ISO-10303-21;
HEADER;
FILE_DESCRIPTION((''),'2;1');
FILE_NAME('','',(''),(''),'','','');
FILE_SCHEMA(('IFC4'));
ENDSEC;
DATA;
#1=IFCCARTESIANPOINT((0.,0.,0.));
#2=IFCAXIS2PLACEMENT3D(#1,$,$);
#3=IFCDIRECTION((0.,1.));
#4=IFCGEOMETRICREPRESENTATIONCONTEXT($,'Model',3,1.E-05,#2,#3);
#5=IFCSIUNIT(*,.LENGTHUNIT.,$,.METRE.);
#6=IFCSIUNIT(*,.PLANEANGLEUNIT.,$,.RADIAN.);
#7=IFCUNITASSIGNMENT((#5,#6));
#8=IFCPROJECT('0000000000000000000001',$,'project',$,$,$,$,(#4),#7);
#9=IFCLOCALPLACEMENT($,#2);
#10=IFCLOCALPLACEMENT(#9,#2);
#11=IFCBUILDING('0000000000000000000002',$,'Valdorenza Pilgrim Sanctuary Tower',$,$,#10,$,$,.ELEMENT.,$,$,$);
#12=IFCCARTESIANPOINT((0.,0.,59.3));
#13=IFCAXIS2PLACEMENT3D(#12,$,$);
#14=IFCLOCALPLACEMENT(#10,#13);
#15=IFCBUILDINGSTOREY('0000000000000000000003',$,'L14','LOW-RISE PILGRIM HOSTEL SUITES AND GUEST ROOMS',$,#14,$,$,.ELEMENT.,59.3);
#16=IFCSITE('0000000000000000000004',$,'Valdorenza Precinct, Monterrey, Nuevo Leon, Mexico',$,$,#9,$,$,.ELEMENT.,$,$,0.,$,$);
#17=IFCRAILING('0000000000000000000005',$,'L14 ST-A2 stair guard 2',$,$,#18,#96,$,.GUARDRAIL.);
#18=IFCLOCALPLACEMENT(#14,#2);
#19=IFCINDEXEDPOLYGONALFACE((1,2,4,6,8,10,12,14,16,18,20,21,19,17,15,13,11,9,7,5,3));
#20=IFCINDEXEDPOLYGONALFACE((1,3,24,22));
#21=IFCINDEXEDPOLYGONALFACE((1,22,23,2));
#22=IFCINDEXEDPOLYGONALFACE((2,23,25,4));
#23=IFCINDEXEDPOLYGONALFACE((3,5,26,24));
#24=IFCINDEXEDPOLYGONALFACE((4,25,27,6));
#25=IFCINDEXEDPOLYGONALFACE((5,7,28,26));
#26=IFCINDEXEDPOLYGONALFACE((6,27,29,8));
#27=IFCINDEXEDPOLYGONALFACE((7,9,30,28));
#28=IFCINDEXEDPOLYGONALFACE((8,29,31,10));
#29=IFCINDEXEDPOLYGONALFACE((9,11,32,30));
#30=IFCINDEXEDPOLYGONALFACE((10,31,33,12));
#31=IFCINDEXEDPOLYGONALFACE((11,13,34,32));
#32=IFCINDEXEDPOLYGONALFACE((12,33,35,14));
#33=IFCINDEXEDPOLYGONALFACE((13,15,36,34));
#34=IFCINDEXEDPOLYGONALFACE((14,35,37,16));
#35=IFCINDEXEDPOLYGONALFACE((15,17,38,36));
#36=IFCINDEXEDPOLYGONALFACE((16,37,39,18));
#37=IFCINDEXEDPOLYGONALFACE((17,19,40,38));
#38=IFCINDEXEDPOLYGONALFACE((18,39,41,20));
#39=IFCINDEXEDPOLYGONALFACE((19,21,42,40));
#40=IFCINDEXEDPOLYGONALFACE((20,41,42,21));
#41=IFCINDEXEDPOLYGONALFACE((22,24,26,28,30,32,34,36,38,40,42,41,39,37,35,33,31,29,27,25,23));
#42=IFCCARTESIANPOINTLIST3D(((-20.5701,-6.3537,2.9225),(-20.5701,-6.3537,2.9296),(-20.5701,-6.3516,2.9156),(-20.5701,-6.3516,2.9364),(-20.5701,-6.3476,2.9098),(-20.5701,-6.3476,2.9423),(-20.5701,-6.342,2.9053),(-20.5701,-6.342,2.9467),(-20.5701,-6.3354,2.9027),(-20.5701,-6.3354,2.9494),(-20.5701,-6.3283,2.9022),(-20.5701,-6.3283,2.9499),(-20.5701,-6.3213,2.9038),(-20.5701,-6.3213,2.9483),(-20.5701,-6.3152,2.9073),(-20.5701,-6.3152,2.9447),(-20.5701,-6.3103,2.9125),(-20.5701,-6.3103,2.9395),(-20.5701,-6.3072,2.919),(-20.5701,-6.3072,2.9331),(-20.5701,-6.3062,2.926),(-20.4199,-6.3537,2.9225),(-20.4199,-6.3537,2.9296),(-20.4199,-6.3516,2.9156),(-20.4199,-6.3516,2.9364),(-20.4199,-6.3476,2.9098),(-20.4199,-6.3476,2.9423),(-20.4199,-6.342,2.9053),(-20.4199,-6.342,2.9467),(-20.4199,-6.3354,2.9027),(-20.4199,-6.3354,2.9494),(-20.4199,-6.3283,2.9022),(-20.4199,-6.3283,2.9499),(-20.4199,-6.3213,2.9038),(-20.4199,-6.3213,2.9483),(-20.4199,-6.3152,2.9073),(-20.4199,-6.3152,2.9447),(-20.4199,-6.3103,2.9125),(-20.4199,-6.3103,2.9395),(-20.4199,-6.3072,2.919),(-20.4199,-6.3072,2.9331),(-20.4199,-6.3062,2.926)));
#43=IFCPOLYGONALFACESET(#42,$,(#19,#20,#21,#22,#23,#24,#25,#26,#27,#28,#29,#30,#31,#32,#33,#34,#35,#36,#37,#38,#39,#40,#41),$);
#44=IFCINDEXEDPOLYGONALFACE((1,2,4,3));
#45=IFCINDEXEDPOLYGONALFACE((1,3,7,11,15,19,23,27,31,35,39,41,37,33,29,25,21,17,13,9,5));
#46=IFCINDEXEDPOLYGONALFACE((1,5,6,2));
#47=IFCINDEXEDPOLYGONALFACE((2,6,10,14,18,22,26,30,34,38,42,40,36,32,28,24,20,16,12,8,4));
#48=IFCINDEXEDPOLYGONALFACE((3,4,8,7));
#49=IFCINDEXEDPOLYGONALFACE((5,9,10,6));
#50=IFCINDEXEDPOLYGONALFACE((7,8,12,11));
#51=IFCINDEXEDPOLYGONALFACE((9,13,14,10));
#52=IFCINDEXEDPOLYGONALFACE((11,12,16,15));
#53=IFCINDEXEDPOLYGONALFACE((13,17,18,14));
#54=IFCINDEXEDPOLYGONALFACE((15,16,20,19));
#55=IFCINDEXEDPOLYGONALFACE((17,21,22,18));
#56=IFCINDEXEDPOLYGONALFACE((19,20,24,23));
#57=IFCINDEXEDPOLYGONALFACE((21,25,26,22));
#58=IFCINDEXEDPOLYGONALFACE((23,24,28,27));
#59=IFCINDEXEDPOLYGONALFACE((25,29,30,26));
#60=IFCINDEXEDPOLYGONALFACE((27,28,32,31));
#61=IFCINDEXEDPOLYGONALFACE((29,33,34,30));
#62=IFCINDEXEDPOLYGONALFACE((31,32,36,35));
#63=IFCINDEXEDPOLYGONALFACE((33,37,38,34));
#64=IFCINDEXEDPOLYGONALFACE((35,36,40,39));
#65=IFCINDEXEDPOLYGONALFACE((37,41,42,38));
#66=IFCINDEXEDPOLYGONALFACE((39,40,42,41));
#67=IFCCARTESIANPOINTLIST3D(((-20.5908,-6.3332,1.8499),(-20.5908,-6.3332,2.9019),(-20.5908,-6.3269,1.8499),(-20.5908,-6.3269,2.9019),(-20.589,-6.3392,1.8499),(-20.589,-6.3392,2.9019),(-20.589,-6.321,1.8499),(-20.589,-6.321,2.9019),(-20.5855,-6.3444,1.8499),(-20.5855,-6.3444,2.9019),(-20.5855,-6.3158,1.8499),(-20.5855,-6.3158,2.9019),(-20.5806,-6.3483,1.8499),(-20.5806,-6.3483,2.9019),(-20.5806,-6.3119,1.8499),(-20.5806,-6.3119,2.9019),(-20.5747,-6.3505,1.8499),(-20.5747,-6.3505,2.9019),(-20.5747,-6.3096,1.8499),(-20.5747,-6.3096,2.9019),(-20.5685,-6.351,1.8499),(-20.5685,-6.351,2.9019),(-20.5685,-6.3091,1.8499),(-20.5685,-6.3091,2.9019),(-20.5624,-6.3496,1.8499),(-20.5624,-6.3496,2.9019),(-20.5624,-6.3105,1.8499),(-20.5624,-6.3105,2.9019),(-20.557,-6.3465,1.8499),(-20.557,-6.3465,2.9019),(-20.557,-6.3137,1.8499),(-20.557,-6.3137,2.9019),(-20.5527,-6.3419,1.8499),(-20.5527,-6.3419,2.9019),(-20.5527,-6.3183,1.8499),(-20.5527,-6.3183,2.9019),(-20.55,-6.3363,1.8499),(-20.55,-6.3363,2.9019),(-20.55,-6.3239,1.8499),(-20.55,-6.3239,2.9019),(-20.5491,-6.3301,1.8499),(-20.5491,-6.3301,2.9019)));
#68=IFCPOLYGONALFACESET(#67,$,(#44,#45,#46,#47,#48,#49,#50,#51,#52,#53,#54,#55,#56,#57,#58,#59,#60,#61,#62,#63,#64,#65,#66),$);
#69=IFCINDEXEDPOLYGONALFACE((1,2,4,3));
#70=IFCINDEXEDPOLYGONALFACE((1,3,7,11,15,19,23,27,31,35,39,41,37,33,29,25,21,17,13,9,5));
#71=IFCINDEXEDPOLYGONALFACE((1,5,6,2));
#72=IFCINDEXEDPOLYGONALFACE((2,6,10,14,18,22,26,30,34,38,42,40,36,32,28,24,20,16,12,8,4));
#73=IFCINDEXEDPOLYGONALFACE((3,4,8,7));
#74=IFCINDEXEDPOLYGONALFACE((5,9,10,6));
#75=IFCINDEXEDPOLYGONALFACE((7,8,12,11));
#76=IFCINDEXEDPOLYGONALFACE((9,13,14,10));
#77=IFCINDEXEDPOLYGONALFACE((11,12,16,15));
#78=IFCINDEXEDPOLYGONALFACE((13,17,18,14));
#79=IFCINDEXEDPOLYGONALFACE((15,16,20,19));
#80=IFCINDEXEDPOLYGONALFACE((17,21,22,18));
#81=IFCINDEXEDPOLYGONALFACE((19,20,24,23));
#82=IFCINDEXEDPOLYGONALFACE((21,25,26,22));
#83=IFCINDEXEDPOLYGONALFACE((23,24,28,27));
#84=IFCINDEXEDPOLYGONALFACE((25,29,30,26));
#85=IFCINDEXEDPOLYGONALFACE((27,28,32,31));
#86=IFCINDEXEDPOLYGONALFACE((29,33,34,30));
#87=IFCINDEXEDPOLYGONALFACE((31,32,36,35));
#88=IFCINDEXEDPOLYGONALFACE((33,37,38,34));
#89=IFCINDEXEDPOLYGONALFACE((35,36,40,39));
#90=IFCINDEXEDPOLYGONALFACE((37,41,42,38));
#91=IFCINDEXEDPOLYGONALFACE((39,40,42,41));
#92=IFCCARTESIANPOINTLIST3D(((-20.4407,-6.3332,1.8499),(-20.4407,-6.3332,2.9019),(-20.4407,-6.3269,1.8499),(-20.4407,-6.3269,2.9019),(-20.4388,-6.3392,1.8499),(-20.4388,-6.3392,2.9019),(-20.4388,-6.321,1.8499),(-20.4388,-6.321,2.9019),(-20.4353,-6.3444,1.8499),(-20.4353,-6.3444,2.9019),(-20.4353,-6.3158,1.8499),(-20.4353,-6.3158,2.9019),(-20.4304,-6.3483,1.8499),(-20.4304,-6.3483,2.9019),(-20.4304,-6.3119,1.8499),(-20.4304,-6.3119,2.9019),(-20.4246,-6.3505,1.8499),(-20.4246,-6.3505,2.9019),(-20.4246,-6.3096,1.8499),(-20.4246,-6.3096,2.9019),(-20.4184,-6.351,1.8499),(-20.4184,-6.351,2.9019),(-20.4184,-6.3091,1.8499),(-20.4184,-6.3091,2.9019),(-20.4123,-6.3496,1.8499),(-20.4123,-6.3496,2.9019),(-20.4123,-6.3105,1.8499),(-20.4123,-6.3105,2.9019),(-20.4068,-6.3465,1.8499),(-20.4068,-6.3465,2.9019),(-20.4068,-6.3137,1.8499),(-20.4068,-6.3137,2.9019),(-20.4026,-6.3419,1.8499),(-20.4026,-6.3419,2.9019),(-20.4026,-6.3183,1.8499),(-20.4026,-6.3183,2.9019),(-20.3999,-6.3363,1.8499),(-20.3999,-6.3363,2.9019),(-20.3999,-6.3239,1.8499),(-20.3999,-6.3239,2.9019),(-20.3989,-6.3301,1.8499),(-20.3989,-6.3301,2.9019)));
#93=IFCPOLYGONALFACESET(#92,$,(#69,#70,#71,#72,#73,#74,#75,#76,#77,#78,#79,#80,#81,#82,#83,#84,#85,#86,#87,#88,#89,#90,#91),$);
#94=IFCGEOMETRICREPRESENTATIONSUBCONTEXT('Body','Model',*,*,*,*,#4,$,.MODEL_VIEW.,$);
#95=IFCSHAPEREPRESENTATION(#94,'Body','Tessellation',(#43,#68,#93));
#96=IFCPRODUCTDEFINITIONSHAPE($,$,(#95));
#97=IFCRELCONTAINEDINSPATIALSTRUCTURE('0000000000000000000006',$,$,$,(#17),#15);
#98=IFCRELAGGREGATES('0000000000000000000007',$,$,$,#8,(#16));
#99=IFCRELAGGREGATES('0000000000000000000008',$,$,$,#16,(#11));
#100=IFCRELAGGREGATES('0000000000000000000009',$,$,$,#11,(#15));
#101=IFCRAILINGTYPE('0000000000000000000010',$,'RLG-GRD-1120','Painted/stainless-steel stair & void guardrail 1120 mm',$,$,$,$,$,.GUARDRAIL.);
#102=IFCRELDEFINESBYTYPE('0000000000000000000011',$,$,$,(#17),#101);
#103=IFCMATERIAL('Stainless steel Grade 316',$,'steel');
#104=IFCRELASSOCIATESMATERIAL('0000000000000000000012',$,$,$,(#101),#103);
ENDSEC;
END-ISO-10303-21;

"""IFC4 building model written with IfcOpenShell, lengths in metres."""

from ifc_helpers import new_model, si_unit, direction, frame, origin, origin_2d, place, context, subcontext, project, spatial, circle, extrude, material, type_object, element, save


model = new_model("IFC4")

# Units and contexts
model_context = context("Model", 3, precision=1e-05, world=origin(), true_north=direction((0.0, 1.0)))
body_context = subcontext(model_context, "Body", "Model", "MODEL_VIEW")
ifc_project = project(units=[si_unit("LENGTHUNIT", "METRE"), si_unit("PLANEANGLEUNIT", "RADIAN")], contexts=[model_context])

# Site, building, storey
site_placement = place(None, origin())
site = spatial("IfcSite", under=ifc_project, at=site_placement, Name="Valdorenza Precinct, Monterrey, Nuevo Leon, Mexico", CompositionType="ELEMENT", RefElevation=0.0)
building_placement = place(site_placement, origin())
building = spatial("IfcBuilding", under=site, at=building_placement, Name="Valdorenza Pilgrim Sanctuary Tower", CompositionType="ELEMENT")
storey_placement = place(building_placement, frame((0.0, 0.0, 59.3)))
storey = spatial("IfcBuildingStorey", under=building, at=storey_placement, Name="L14", Description="LOW-RISE PILGRIM HOSTEL SUITES AND GUEST ROOMS", CompositionType="ELEMENT", Elevation=59.3)

# Railing
ifc_material_1 = material(Name="Stainless steel Grade 316", Category="steel")
railing_type_1 = type_object("IfcRailingType", Name="RLG-GRD-1120", Description="Painted/stainless-steel stair & void guardrail 1120 mm", PredefinedType="GUARDRAIL", material=ifc_material_1)
railing_1_placement = place(storey_placement, frame((-20.5701, -6.3301, 1.8499)))
element("IfcRailing", 1, at=railing_1_placement, inside=storey, type_object=railing_type_1, Name="L14 ST-A2 stair guard 2", PredefinedType="GUARDRAIL", context=body_context, shape_type="SweptSolid", body=[
    extrude(circle(Radius=0.0239, at=origin_2d()), frame((0.0, 0.0, 1.0762), z_axis=(1.0, 0.0, 0.0), x_axis=(0.0, 1.0, 0.0)), (0.0, 0.0, 1.0), 0.1501),
    extrude(circle(Radius=0.021, at=origin_2d()), origin(), (0.0, 0.0, 1.0), 1.052),
    extrude(circle(Radius=0.021, at=origin_2d()), frame((0.1501, 0.0, 0.0)), (0.0, 0.0, 1.0), 1.052),
])

save(model, "model.ifc")
